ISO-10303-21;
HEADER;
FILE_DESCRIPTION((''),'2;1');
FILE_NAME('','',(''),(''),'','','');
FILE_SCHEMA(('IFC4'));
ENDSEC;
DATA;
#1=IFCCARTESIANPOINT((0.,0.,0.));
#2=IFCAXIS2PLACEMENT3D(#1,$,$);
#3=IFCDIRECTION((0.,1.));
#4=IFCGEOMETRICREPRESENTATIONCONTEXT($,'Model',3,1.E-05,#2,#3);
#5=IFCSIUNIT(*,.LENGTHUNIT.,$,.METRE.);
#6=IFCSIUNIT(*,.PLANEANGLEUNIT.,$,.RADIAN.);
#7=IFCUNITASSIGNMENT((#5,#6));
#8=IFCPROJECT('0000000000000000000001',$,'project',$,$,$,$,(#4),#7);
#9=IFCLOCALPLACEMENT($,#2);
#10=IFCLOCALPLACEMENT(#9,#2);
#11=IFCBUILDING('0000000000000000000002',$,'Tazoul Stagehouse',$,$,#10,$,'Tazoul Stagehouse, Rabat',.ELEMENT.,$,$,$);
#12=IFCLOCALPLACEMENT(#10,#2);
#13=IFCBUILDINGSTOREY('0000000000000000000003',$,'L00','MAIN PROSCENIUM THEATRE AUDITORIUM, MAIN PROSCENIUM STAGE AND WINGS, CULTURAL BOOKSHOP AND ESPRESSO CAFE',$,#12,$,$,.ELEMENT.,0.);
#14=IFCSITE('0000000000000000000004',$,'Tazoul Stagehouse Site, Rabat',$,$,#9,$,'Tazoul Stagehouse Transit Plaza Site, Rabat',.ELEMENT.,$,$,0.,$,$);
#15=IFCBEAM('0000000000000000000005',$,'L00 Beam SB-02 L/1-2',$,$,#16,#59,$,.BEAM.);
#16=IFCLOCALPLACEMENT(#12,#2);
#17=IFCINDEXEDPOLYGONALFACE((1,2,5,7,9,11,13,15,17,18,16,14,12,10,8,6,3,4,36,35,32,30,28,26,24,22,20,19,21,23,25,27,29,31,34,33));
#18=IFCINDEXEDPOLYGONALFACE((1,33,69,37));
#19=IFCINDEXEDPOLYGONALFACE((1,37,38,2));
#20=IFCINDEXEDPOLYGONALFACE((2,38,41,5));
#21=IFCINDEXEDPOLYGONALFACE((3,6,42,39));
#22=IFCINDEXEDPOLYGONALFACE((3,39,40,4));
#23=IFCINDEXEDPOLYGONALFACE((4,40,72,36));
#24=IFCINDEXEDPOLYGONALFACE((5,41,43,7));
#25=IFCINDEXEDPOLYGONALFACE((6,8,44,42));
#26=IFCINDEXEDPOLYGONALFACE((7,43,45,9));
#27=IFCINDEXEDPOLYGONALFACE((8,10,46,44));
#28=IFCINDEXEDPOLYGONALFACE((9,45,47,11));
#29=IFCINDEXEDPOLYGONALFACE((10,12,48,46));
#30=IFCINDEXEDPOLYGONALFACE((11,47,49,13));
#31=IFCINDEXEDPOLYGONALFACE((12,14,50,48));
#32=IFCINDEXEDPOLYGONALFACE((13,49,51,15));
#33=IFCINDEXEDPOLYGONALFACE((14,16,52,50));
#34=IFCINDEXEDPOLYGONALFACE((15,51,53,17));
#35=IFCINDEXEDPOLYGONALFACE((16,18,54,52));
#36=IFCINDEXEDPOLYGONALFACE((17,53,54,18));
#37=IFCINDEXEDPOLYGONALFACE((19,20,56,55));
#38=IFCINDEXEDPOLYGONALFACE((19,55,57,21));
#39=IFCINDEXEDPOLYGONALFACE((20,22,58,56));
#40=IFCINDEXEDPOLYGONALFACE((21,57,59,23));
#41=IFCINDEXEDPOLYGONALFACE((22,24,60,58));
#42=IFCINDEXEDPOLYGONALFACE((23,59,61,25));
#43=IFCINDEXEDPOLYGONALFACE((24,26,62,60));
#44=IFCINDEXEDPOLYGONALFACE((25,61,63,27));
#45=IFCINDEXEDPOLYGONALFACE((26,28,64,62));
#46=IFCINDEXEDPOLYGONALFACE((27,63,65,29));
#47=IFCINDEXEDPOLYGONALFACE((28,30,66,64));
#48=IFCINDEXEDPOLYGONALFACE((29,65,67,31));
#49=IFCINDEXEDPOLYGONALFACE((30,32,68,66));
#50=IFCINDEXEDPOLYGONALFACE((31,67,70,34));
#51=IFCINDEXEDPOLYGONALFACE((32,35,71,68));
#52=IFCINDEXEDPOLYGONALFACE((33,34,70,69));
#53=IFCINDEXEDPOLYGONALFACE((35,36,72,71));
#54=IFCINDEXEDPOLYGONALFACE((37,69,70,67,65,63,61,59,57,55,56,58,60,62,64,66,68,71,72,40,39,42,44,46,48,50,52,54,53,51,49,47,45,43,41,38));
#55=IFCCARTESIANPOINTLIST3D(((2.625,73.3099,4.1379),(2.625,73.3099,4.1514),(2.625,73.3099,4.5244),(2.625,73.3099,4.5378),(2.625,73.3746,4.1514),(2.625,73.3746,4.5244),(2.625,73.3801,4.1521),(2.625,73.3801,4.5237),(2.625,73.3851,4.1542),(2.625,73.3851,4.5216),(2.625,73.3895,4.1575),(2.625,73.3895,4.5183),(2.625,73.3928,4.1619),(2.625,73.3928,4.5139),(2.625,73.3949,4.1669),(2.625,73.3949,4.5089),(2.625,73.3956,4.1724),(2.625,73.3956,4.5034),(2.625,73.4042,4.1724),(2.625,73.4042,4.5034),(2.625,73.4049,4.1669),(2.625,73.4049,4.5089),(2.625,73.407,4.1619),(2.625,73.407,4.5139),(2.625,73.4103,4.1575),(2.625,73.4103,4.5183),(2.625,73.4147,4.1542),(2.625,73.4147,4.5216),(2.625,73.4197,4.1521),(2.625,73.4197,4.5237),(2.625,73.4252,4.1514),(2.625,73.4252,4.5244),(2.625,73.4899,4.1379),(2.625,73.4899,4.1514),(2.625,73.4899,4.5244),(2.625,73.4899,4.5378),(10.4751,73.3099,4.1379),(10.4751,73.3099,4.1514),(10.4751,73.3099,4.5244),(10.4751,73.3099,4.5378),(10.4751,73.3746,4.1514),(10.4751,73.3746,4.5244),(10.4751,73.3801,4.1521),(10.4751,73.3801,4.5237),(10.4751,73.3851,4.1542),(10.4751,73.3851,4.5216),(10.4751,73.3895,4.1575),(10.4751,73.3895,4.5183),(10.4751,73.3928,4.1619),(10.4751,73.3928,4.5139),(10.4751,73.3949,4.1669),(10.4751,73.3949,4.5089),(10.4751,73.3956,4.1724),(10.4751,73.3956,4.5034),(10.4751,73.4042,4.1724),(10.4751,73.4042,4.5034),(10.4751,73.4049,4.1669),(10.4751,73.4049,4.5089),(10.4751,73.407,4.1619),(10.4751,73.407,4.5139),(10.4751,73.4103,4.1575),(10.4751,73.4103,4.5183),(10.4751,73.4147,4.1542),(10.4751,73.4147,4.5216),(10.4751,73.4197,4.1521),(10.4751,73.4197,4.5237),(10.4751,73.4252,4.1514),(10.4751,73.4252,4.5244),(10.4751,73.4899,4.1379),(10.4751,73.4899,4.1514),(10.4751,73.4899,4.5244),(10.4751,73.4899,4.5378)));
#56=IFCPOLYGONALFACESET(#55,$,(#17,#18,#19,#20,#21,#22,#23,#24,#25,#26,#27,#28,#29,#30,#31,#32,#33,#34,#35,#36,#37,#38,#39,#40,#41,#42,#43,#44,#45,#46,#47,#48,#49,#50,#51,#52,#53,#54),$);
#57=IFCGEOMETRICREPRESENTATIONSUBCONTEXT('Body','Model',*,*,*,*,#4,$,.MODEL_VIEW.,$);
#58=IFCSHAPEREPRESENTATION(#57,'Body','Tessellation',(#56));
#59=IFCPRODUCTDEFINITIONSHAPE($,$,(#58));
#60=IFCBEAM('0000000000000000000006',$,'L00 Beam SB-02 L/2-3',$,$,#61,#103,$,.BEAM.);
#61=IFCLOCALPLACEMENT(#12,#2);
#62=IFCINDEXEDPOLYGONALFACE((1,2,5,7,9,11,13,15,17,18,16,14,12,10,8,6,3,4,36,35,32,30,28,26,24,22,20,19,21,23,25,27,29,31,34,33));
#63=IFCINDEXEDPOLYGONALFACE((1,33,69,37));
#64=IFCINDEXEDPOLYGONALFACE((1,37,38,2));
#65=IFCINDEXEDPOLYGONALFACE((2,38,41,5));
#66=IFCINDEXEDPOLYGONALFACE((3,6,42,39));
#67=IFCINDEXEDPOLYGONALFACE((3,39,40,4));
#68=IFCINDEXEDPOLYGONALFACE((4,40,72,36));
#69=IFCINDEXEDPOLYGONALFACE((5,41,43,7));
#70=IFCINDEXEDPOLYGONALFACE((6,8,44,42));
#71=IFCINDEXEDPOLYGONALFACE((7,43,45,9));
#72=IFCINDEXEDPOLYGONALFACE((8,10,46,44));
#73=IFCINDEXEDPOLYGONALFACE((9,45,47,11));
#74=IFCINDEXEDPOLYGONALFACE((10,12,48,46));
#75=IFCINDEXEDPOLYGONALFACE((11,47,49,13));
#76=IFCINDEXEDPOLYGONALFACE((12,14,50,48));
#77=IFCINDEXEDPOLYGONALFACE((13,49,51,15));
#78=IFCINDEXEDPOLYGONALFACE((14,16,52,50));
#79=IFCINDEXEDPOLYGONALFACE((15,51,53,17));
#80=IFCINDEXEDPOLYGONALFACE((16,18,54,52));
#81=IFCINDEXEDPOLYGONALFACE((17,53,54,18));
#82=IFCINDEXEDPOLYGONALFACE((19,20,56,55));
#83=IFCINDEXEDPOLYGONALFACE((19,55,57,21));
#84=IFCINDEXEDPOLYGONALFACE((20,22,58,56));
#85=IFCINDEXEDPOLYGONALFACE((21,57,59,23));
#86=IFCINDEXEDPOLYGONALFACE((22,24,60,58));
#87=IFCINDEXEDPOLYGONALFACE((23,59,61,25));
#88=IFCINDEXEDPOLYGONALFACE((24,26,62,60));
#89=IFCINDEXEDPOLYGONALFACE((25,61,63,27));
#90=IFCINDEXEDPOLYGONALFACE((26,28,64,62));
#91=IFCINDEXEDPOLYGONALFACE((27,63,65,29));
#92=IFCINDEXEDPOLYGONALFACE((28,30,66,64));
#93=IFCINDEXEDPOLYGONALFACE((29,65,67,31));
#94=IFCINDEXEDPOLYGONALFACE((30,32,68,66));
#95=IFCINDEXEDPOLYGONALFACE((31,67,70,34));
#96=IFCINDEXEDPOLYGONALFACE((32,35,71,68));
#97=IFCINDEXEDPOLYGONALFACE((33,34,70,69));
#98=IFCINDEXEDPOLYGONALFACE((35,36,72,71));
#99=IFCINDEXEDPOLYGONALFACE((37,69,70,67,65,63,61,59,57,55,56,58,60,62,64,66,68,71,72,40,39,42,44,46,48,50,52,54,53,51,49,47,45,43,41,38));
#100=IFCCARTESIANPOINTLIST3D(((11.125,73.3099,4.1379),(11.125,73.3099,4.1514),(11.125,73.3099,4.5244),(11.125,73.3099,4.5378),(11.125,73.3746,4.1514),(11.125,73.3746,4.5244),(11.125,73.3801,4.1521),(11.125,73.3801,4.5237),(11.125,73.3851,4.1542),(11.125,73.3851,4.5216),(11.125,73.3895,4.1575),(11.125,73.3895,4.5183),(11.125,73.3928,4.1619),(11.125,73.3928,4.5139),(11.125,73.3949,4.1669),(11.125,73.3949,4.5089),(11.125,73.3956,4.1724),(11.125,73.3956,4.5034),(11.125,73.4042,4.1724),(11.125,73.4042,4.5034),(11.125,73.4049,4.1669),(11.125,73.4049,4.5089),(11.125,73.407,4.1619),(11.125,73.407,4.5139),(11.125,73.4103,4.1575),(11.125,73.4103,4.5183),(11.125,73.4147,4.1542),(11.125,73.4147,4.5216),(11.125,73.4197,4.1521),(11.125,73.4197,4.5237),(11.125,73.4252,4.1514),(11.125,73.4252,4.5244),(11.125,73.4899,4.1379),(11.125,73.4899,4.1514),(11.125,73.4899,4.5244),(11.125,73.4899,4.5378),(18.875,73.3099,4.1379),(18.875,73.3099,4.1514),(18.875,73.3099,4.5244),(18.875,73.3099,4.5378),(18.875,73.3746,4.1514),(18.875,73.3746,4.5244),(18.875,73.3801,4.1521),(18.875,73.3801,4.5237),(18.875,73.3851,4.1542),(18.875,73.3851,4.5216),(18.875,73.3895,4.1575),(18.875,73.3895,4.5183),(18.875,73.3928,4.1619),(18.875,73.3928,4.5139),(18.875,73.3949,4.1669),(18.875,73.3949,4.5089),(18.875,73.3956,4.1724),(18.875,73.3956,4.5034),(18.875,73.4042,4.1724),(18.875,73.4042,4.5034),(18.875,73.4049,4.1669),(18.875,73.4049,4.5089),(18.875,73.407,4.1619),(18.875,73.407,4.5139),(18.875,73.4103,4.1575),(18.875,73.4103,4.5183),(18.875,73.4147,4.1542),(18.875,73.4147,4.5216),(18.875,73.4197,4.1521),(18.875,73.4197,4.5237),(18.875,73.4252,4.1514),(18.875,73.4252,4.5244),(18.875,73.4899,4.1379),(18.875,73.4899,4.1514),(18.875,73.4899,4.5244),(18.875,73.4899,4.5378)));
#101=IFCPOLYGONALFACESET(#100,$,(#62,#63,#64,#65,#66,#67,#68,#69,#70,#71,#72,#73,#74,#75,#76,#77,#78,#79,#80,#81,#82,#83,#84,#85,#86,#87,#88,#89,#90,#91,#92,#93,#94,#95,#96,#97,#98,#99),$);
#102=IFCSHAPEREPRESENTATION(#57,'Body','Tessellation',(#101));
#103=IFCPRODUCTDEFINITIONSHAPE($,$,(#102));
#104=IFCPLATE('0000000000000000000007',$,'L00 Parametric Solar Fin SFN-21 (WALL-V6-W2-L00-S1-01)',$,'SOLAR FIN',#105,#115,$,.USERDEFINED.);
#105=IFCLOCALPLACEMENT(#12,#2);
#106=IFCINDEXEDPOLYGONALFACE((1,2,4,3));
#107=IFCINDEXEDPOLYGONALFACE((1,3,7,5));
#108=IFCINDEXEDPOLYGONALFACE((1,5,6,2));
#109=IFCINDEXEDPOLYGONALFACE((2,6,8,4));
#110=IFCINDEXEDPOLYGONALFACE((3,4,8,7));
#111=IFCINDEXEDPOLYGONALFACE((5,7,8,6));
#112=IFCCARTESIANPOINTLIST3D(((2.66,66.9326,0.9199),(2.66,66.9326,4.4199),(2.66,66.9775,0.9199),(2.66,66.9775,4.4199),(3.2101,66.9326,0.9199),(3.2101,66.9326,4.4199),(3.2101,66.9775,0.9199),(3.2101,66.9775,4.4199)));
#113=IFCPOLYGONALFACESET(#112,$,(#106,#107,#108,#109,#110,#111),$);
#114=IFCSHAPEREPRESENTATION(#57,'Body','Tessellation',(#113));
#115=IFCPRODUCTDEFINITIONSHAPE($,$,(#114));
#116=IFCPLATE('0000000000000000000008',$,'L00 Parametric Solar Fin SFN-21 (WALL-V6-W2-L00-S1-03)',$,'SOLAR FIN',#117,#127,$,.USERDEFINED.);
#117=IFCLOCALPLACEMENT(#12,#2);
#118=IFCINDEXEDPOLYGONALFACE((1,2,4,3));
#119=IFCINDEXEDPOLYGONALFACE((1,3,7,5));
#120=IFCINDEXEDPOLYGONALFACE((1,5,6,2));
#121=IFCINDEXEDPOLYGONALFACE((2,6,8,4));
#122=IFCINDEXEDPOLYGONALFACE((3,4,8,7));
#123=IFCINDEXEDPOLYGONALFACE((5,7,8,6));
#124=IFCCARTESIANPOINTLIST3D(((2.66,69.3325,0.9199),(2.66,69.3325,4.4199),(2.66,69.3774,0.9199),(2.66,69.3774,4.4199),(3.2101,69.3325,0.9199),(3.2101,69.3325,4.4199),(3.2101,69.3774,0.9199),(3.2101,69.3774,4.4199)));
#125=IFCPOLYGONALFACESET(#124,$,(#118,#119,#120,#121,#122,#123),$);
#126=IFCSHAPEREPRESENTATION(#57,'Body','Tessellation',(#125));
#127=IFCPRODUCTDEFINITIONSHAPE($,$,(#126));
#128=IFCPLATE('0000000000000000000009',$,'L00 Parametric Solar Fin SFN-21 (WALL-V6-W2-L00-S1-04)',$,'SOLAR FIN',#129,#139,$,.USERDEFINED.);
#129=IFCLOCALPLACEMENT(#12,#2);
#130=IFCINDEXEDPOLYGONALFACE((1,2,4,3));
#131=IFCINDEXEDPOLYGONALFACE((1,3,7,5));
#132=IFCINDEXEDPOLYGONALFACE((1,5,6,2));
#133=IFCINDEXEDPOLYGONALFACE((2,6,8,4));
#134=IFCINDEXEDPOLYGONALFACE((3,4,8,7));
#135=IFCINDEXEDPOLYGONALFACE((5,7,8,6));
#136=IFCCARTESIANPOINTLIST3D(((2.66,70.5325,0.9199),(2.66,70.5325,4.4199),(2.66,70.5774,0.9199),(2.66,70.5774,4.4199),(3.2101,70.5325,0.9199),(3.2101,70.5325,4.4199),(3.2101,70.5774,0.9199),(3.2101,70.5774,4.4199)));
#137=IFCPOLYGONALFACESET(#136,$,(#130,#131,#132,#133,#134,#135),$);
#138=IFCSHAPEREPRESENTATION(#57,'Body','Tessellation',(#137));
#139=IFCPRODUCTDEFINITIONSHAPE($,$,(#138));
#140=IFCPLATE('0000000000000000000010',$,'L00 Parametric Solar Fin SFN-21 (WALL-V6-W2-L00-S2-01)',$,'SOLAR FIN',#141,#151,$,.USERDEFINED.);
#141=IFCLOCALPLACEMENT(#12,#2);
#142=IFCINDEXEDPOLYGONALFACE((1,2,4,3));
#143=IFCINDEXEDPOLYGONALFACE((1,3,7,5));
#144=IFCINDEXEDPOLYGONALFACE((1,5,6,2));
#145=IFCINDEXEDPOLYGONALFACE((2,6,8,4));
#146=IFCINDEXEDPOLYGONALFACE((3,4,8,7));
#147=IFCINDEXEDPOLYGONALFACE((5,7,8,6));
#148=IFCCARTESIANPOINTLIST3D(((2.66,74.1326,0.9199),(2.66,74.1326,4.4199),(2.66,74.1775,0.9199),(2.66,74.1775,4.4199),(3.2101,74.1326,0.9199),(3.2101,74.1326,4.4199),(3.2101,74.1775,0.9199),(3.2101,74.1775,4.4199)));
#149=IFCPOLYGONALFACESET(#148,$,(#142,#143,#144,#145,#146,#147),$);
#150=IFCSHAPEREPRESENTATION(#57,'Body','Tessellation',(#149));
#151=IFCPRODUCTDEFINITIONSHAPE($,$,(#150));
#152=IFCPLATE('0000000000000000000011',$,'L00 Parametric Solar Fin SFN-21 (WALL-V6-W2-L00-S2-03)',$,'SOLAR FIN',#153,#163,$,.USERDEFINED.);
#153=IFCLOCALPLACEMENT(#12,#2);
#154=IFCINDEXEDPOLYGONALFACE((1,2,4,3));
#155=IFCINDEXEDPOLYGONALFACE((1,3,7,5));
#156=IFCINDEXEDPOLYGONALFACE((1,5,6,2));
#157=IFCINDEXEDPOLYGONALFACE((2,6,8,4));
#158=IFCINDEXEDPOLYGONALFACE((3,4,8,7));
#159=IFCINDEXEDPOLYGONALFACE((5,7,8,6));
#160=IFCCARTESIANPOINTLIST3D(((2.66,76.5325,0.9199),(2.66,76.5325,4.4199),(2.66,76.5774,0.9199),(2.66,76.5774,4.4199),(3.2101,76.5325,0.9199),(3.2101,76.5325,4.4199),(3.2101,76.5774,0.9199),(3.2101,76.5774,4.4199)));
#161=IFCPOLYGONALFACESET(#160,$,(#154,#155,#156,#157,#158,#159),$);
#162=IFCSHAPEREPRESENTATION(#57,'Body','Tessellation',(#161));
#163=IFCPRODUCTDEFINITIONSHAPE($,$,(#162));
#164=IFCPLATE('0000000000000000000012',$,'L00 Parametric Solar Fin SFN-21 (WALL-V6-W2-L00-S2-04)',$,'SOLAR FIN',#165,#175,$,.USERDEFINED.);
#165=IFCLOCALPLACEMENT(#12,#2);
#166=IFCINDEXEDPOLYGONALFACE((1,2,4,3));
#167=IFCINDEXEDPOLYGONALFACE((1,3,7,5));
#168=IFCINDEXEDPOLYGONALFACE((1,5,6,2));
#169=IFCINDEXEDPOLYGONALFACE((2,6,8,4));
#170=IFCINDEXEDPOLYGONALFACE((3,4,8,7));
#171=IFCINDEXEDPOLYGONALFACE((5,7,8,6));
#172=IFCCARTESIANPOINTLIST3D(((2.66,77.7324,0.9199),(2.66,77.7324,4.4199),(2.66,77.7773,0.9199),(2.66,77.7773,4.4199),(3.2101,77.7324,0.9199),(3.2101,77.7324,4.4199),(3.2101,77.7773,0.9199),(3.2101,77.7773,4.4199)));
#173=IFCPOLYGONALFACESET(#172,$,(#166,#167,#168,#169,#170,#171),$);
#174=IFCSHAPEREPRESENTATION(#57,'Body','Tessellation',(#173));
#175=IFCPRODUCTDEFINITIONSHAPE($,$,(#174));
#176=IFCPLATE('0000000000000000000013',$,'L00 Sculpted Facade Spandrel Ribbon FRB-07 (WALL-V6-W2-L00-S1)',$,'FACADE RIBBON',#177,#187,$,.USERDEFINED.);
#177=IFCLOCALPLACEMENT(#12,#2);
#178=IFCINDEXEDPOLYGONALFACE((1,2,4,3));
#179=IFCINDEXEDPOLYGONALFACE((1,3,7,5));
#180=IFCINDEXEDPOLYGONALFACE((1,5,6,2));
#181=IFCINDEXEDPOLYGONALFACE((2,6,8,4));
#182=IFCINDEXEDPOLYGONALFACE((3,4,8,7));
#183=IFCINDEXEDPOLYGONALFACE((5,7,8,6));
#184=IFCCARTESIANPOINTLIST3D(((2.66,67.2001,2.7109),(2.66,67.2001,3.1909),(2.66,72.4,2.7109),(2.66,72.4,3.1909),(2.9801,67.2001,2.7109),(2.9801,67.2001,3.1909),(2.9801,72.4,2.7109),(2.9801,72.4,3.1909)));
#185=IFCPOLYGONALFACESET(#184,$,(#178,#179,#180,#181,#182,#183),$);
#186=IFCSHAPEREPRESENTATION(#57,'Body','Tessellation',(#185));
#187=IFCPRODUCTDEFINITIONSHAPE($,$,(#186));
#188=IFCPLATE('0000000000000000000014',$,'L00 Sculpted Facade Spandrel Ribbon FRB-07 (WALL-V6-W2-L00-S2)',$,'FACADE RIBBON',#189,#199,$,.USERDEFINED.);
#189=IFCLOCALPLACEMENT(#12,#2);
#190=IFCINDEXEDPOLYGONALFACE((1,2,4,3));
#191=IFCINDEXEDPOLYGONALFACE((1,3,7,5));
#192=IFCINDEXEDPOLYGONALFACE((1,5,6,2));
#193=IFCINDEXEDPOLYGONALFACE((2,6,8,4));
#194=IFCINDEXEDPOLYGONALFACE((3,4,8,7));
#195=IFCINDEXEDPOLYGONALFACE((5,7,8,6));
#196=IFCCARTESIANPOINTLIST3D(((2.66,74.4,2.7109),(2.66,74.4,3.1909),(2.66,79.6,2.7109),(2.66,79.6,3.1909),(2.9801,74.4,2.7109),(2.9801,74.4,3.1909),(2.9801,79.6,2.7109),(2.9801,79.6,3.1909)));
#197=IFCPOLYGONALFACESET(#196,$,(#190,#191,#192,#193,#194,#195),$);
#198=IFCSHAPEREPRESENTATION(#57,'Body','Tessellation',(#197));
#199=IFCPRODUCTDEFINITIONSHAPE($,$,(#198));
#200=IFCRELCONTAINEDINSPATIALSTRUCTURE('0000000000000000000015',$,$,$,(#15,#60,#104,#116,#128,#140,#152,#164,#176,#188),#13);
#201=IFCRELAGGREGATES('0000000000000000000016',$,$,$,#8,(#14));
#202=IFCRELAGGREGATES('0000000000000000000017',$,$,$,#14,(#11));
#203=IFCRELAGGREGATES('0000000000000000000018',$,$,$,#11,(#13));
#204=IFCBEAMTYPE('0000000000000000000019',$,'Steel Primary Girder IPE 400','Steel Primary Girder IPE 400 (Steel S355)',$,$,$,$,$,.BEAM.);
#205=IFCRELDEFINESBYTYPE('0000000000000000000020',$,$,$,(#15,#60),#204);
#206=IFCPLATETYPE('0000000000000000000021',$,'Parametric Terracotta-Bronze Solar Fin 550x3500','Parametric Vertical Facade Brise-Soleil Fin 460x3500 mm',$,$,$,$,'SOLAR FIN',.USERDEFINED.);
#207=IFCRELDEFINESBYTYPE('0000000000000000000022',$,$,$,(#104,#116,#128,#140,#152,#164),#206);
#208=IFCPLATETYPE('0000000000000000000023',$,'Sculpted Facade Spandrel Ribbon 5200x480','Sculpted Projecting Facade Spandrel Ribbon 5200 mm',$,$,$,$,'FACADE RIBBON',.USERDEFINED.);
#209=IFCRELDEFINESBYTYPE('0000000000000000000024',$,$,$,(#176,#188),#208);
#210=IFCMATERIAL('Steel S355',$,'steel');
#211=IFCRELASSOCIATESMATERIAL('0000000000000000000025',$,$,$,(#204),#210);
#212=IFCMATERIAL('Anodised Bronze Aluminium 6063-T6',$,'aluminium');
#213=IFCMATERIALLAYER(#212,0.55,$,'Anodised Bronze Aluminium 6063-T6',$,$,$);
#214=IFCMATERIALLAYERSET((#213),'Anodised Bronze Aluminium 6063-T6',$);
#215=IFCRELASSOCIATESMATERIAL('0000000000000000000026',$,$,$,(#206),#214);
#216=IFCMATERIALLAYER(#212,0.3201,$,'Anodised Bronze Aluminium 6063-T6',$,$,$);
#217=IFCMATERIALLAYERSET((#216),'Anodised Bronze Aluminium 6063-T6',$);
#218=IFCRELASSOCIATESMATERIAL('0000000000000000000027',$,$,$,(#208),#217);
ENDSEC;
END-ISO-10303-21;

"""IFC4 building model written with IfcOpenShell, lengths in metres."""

from ifc_helpers import new_model, si_unit, direction, frame, origin, origin_2d, place, context, subcontext, project, spatial, rectangle, i_section, extrude, material, layer, layer_set, material_profile, profile_set, type_object, element, save


model = new_model("IFC4")

# Units and contexts
model_context = context("Model", 3, precision=1e-05, world=origin(), true_north=direction((0.0, 1.0)))
body_context = subcontext(model_context, "Body", "Model", "MODEL_VIEW")
ifc_project = project(units=[si_unit("LENGTHUNIT", "METRE"), si_unit("PLANEANGLEUNIT", "RADIAN")], contexts=[model_context])

# Site, building, storey
site_placement = place(None, origin())
site = spatial("IfcSite", under=ifc_project, at=site_placement, Name="Tazoul Stagehouse Site, Rabat", LongName="Tazoul Stagehouse Transit Plaza Site, Rabat", CompositionType="ELEMENT", RefElevation=0.0)
building_placement = place(site_placement, origin())
building = spatial("IfcBuilding", under=site, at=building_placement, Name="Tazoul Stagehouse", LongName="Tazoul Stagehouse, Rabat", CompositionType="ELEMENT")
storey_placement = place(building_placement, origin())
storey = spatial("IfcBuildingStorey", under=building, at=storey_placement, Name="L00", Description="MAIN PROSCENIUM THEATRE AUDITORIUM, MAIN PROSCENIUM STAGE AND WINGS, CULTURAL BOOKSHOP AND ESPRESSO CAFE", CompositionType="ELEMENT", Elevation=0.0)

# Beams
ifc_material_1 = material(Name="Steel S355", Category="steel")
ifc_material_profile_1 = material_profile(ifc_material_1, i_section(OverallWidth=0.1799, OverallDepth=0.3999, WebThickness=0.0085, FlangeThickness=0.0134, FilletRadius=0.021, at=origin_2d()), Name="IPE 400")
ifc_profile_set_1 = profile_set([ifc_material_profile_1], Name="Steel S355")
beam_type_1 = type_object("IfcBeamType", Name="Steel Primary Girder IPE 400", Description="Steel Primary Girder IPE 400 (Steel S355)", PredefinedType="BEAM", material=ifc_profile_set_1)
beam_1_placement = place(storey_placement, frame((2.625, 73.3999, 4.3379), z_axis=(1.0, 0.0, 0.0), x_axis=(0.0, 1.0, 0.0)))
element("IfcBeam", 1, at=beam_1_placement, inside=storey, type_object=beam_type_1, Name="L00 Beam SB-02 L/1-2", PredefinedType="BEAM", context=body_context, shape_type="SweptSolid", body=[
    extrude(i_section(OverallWidth=0.1799, OverallDepth=0.3999, WebThickness=0.0085, FlangeThickness=0.0134, FilletRadius=0.021, at=origin_2d()), origin(), (0.0, 0.0, 1.0), 7.8501),
])
beam_2_placement = place(storey_placement, frame((11.125, 73.3999, 4.3379), z_axis=(1.0, 0.0, 0.0), x_axis=(0.0, 1.0, 0.0)))
element("IfcBeam", 2, at=beam_2_placement, inside=storey, type_object=beam_type_1, Name="L00 Beam SB-02 L/2-3", PredefinedType="BEAM", context=body_context, shape_type="SweptSolid", body=[
    extrude(i_section(OverallWidth=0.1799, OverallDepth=0.3999, WebThickness=0.0085, FlangeThickness=0.0134, FilletRadius=0.021, at=origin_2d()), origin(), (0.0, 0.0, 1.0), 7.75),
])

# Plates
ifc_material_2 = material(Name="Anodised Bronze Aluminium 6063-T6", Category="aluminium")
ifc_layer_1 = layer(ifc_material_2, 0.55, Name="Anodised Bronze Aluminium 6063-T6")
ifc_layer_set_1 = layer_set([ifc_layer_1], Name="Anodised Bronze Aluminium 6063-T6")
plate_type_1 = type_object("IfcPlateType", Name="Parametric Terracotta-Bronze Solar Fin 550x3500", Description="Parametric Vertical Facade Brise-Soleil Fin 460x3500 mm", ElementType="SOLAR FIN", PredefinedType="USERDEFINED", material=ifc_layer_set_1)
for number, where, z_axis, x_axis, name in (
    (3, (2.9351, 66.9551, 0.9199), (0.0, 0.0, 1.0), (0.0, 1.0, 0.0), "L00 Parametric Solar Fin SFN-21 (WALL-V6-W2-L00-S1-01)"),
    (4, (2.9351, 69.355, 0.9199), (0.0, 0.0, 1.0), (0.0, 1.0, 0.0), "L00 Parametric Solar Fin SFN-21 (WALL-V6-W2-L00-S1-03)"),
    (5, (2.9351, 70.5549, 0.9199), (0.0, 0.0, 1.0), (0.0, 1.0, 0.0), "L00 Parametric Solar Fin SFN-21 (WALL-V6-W2-L00-S1-04)"),
    (6, (2.9351, 74.155, 0.9199), (0.0, 0.0, 1.0), (0.0, 1.0, 0.0), "L00 Parametric Solar Fin SFN-21 (WALL-V6-W2-L00-S2-01)"),
    (7, (2.9351, 76.5549, 0.9199), (0.0, 0.0, 1.0), (0.0, 1.0, 0.0), "L00 Parametric Solar Fin SFN-21 (WALL-V6-W2-L00-S2-03)"),
    (8, (2.9351, 77.7549, 0.9199), (0.0, 0.0, 1.0), (0.0, 1.0, 0.0), "L00 Parametric Solar Fin SFN-21 (WALL-V6-W2-L00-S2-04)"),
):
    element("IfcPlate", number, at=place(storey_placement, frame(where, z_axis=z_axis, x_axis=x_axis)), inside=storey, type_object=plate_type_1, Name=name, ObjectType="SOLAR FIN", PredefinedType="USERDEFINED", context=body_context, shape_type="SweptSolid", body=[
        extrude(rectangle(XDim=0.0449, YDim=0.55, at=origin_2d()), origin(), (0.0, 0.0, 1.0), 3.5),
    ])
ifc_layer_2 = layer(ifc_material_2, 0.3201, Name="Anodised Bronze Aluminium 6063-T6")
ifc_layer_set_2 = layer_set([ifc_layer_2], Name="Anodised Bronze Aluminium 6063-T6")
plate_type_2 = type_object("IfcPlateType", Name="Sculpted Facade Spandrel Ribbon 5200x480", Description="Sculpted Projecting Facade Spandrel Ribbon 5200 mm", ElementType="FACADE RIBBON", PredefinedType="USERDEFINED", material=ifc_layer_set_2)
for number, where, z_axis, x_axis, name in (
    (9, (2.8201, 69.8, 2.7109), (0.0, 0.0, 1.0), (0.0, 1.0, 0.0), "L00 Sculpted Facade Spandrel Ribbon FRB-07 (WALL-V6-W2-L00-S1)"),
    (10, (2.8201, 77.0, 2.7109), (0.0, 0.0, 1.0), (0.0, 1.0, 0.0), "L00 Sculpted Facade Spandrel Ribbon FRB-07 (WALL-V6-W2-L00-S2)"),
):
    element("IfcPlate", number, at=place(storey_placement, frame(where, z_axis=z_axis, x_axis=x_axis)), inside=storey, type_object=plate_type_2, Name=name, ObjectType="FACADE RIBBON", PredefinedType="USERDEFINED", context=body_context, shape_type="SweptSolid", body=[
        extrude(rectangle(XDim=5.2, YDim=0.3201, at=origin_2d()), origin(), (0.0, 0.0, 1.0), 0.48),
    ])

save(model, "model.ifc")
